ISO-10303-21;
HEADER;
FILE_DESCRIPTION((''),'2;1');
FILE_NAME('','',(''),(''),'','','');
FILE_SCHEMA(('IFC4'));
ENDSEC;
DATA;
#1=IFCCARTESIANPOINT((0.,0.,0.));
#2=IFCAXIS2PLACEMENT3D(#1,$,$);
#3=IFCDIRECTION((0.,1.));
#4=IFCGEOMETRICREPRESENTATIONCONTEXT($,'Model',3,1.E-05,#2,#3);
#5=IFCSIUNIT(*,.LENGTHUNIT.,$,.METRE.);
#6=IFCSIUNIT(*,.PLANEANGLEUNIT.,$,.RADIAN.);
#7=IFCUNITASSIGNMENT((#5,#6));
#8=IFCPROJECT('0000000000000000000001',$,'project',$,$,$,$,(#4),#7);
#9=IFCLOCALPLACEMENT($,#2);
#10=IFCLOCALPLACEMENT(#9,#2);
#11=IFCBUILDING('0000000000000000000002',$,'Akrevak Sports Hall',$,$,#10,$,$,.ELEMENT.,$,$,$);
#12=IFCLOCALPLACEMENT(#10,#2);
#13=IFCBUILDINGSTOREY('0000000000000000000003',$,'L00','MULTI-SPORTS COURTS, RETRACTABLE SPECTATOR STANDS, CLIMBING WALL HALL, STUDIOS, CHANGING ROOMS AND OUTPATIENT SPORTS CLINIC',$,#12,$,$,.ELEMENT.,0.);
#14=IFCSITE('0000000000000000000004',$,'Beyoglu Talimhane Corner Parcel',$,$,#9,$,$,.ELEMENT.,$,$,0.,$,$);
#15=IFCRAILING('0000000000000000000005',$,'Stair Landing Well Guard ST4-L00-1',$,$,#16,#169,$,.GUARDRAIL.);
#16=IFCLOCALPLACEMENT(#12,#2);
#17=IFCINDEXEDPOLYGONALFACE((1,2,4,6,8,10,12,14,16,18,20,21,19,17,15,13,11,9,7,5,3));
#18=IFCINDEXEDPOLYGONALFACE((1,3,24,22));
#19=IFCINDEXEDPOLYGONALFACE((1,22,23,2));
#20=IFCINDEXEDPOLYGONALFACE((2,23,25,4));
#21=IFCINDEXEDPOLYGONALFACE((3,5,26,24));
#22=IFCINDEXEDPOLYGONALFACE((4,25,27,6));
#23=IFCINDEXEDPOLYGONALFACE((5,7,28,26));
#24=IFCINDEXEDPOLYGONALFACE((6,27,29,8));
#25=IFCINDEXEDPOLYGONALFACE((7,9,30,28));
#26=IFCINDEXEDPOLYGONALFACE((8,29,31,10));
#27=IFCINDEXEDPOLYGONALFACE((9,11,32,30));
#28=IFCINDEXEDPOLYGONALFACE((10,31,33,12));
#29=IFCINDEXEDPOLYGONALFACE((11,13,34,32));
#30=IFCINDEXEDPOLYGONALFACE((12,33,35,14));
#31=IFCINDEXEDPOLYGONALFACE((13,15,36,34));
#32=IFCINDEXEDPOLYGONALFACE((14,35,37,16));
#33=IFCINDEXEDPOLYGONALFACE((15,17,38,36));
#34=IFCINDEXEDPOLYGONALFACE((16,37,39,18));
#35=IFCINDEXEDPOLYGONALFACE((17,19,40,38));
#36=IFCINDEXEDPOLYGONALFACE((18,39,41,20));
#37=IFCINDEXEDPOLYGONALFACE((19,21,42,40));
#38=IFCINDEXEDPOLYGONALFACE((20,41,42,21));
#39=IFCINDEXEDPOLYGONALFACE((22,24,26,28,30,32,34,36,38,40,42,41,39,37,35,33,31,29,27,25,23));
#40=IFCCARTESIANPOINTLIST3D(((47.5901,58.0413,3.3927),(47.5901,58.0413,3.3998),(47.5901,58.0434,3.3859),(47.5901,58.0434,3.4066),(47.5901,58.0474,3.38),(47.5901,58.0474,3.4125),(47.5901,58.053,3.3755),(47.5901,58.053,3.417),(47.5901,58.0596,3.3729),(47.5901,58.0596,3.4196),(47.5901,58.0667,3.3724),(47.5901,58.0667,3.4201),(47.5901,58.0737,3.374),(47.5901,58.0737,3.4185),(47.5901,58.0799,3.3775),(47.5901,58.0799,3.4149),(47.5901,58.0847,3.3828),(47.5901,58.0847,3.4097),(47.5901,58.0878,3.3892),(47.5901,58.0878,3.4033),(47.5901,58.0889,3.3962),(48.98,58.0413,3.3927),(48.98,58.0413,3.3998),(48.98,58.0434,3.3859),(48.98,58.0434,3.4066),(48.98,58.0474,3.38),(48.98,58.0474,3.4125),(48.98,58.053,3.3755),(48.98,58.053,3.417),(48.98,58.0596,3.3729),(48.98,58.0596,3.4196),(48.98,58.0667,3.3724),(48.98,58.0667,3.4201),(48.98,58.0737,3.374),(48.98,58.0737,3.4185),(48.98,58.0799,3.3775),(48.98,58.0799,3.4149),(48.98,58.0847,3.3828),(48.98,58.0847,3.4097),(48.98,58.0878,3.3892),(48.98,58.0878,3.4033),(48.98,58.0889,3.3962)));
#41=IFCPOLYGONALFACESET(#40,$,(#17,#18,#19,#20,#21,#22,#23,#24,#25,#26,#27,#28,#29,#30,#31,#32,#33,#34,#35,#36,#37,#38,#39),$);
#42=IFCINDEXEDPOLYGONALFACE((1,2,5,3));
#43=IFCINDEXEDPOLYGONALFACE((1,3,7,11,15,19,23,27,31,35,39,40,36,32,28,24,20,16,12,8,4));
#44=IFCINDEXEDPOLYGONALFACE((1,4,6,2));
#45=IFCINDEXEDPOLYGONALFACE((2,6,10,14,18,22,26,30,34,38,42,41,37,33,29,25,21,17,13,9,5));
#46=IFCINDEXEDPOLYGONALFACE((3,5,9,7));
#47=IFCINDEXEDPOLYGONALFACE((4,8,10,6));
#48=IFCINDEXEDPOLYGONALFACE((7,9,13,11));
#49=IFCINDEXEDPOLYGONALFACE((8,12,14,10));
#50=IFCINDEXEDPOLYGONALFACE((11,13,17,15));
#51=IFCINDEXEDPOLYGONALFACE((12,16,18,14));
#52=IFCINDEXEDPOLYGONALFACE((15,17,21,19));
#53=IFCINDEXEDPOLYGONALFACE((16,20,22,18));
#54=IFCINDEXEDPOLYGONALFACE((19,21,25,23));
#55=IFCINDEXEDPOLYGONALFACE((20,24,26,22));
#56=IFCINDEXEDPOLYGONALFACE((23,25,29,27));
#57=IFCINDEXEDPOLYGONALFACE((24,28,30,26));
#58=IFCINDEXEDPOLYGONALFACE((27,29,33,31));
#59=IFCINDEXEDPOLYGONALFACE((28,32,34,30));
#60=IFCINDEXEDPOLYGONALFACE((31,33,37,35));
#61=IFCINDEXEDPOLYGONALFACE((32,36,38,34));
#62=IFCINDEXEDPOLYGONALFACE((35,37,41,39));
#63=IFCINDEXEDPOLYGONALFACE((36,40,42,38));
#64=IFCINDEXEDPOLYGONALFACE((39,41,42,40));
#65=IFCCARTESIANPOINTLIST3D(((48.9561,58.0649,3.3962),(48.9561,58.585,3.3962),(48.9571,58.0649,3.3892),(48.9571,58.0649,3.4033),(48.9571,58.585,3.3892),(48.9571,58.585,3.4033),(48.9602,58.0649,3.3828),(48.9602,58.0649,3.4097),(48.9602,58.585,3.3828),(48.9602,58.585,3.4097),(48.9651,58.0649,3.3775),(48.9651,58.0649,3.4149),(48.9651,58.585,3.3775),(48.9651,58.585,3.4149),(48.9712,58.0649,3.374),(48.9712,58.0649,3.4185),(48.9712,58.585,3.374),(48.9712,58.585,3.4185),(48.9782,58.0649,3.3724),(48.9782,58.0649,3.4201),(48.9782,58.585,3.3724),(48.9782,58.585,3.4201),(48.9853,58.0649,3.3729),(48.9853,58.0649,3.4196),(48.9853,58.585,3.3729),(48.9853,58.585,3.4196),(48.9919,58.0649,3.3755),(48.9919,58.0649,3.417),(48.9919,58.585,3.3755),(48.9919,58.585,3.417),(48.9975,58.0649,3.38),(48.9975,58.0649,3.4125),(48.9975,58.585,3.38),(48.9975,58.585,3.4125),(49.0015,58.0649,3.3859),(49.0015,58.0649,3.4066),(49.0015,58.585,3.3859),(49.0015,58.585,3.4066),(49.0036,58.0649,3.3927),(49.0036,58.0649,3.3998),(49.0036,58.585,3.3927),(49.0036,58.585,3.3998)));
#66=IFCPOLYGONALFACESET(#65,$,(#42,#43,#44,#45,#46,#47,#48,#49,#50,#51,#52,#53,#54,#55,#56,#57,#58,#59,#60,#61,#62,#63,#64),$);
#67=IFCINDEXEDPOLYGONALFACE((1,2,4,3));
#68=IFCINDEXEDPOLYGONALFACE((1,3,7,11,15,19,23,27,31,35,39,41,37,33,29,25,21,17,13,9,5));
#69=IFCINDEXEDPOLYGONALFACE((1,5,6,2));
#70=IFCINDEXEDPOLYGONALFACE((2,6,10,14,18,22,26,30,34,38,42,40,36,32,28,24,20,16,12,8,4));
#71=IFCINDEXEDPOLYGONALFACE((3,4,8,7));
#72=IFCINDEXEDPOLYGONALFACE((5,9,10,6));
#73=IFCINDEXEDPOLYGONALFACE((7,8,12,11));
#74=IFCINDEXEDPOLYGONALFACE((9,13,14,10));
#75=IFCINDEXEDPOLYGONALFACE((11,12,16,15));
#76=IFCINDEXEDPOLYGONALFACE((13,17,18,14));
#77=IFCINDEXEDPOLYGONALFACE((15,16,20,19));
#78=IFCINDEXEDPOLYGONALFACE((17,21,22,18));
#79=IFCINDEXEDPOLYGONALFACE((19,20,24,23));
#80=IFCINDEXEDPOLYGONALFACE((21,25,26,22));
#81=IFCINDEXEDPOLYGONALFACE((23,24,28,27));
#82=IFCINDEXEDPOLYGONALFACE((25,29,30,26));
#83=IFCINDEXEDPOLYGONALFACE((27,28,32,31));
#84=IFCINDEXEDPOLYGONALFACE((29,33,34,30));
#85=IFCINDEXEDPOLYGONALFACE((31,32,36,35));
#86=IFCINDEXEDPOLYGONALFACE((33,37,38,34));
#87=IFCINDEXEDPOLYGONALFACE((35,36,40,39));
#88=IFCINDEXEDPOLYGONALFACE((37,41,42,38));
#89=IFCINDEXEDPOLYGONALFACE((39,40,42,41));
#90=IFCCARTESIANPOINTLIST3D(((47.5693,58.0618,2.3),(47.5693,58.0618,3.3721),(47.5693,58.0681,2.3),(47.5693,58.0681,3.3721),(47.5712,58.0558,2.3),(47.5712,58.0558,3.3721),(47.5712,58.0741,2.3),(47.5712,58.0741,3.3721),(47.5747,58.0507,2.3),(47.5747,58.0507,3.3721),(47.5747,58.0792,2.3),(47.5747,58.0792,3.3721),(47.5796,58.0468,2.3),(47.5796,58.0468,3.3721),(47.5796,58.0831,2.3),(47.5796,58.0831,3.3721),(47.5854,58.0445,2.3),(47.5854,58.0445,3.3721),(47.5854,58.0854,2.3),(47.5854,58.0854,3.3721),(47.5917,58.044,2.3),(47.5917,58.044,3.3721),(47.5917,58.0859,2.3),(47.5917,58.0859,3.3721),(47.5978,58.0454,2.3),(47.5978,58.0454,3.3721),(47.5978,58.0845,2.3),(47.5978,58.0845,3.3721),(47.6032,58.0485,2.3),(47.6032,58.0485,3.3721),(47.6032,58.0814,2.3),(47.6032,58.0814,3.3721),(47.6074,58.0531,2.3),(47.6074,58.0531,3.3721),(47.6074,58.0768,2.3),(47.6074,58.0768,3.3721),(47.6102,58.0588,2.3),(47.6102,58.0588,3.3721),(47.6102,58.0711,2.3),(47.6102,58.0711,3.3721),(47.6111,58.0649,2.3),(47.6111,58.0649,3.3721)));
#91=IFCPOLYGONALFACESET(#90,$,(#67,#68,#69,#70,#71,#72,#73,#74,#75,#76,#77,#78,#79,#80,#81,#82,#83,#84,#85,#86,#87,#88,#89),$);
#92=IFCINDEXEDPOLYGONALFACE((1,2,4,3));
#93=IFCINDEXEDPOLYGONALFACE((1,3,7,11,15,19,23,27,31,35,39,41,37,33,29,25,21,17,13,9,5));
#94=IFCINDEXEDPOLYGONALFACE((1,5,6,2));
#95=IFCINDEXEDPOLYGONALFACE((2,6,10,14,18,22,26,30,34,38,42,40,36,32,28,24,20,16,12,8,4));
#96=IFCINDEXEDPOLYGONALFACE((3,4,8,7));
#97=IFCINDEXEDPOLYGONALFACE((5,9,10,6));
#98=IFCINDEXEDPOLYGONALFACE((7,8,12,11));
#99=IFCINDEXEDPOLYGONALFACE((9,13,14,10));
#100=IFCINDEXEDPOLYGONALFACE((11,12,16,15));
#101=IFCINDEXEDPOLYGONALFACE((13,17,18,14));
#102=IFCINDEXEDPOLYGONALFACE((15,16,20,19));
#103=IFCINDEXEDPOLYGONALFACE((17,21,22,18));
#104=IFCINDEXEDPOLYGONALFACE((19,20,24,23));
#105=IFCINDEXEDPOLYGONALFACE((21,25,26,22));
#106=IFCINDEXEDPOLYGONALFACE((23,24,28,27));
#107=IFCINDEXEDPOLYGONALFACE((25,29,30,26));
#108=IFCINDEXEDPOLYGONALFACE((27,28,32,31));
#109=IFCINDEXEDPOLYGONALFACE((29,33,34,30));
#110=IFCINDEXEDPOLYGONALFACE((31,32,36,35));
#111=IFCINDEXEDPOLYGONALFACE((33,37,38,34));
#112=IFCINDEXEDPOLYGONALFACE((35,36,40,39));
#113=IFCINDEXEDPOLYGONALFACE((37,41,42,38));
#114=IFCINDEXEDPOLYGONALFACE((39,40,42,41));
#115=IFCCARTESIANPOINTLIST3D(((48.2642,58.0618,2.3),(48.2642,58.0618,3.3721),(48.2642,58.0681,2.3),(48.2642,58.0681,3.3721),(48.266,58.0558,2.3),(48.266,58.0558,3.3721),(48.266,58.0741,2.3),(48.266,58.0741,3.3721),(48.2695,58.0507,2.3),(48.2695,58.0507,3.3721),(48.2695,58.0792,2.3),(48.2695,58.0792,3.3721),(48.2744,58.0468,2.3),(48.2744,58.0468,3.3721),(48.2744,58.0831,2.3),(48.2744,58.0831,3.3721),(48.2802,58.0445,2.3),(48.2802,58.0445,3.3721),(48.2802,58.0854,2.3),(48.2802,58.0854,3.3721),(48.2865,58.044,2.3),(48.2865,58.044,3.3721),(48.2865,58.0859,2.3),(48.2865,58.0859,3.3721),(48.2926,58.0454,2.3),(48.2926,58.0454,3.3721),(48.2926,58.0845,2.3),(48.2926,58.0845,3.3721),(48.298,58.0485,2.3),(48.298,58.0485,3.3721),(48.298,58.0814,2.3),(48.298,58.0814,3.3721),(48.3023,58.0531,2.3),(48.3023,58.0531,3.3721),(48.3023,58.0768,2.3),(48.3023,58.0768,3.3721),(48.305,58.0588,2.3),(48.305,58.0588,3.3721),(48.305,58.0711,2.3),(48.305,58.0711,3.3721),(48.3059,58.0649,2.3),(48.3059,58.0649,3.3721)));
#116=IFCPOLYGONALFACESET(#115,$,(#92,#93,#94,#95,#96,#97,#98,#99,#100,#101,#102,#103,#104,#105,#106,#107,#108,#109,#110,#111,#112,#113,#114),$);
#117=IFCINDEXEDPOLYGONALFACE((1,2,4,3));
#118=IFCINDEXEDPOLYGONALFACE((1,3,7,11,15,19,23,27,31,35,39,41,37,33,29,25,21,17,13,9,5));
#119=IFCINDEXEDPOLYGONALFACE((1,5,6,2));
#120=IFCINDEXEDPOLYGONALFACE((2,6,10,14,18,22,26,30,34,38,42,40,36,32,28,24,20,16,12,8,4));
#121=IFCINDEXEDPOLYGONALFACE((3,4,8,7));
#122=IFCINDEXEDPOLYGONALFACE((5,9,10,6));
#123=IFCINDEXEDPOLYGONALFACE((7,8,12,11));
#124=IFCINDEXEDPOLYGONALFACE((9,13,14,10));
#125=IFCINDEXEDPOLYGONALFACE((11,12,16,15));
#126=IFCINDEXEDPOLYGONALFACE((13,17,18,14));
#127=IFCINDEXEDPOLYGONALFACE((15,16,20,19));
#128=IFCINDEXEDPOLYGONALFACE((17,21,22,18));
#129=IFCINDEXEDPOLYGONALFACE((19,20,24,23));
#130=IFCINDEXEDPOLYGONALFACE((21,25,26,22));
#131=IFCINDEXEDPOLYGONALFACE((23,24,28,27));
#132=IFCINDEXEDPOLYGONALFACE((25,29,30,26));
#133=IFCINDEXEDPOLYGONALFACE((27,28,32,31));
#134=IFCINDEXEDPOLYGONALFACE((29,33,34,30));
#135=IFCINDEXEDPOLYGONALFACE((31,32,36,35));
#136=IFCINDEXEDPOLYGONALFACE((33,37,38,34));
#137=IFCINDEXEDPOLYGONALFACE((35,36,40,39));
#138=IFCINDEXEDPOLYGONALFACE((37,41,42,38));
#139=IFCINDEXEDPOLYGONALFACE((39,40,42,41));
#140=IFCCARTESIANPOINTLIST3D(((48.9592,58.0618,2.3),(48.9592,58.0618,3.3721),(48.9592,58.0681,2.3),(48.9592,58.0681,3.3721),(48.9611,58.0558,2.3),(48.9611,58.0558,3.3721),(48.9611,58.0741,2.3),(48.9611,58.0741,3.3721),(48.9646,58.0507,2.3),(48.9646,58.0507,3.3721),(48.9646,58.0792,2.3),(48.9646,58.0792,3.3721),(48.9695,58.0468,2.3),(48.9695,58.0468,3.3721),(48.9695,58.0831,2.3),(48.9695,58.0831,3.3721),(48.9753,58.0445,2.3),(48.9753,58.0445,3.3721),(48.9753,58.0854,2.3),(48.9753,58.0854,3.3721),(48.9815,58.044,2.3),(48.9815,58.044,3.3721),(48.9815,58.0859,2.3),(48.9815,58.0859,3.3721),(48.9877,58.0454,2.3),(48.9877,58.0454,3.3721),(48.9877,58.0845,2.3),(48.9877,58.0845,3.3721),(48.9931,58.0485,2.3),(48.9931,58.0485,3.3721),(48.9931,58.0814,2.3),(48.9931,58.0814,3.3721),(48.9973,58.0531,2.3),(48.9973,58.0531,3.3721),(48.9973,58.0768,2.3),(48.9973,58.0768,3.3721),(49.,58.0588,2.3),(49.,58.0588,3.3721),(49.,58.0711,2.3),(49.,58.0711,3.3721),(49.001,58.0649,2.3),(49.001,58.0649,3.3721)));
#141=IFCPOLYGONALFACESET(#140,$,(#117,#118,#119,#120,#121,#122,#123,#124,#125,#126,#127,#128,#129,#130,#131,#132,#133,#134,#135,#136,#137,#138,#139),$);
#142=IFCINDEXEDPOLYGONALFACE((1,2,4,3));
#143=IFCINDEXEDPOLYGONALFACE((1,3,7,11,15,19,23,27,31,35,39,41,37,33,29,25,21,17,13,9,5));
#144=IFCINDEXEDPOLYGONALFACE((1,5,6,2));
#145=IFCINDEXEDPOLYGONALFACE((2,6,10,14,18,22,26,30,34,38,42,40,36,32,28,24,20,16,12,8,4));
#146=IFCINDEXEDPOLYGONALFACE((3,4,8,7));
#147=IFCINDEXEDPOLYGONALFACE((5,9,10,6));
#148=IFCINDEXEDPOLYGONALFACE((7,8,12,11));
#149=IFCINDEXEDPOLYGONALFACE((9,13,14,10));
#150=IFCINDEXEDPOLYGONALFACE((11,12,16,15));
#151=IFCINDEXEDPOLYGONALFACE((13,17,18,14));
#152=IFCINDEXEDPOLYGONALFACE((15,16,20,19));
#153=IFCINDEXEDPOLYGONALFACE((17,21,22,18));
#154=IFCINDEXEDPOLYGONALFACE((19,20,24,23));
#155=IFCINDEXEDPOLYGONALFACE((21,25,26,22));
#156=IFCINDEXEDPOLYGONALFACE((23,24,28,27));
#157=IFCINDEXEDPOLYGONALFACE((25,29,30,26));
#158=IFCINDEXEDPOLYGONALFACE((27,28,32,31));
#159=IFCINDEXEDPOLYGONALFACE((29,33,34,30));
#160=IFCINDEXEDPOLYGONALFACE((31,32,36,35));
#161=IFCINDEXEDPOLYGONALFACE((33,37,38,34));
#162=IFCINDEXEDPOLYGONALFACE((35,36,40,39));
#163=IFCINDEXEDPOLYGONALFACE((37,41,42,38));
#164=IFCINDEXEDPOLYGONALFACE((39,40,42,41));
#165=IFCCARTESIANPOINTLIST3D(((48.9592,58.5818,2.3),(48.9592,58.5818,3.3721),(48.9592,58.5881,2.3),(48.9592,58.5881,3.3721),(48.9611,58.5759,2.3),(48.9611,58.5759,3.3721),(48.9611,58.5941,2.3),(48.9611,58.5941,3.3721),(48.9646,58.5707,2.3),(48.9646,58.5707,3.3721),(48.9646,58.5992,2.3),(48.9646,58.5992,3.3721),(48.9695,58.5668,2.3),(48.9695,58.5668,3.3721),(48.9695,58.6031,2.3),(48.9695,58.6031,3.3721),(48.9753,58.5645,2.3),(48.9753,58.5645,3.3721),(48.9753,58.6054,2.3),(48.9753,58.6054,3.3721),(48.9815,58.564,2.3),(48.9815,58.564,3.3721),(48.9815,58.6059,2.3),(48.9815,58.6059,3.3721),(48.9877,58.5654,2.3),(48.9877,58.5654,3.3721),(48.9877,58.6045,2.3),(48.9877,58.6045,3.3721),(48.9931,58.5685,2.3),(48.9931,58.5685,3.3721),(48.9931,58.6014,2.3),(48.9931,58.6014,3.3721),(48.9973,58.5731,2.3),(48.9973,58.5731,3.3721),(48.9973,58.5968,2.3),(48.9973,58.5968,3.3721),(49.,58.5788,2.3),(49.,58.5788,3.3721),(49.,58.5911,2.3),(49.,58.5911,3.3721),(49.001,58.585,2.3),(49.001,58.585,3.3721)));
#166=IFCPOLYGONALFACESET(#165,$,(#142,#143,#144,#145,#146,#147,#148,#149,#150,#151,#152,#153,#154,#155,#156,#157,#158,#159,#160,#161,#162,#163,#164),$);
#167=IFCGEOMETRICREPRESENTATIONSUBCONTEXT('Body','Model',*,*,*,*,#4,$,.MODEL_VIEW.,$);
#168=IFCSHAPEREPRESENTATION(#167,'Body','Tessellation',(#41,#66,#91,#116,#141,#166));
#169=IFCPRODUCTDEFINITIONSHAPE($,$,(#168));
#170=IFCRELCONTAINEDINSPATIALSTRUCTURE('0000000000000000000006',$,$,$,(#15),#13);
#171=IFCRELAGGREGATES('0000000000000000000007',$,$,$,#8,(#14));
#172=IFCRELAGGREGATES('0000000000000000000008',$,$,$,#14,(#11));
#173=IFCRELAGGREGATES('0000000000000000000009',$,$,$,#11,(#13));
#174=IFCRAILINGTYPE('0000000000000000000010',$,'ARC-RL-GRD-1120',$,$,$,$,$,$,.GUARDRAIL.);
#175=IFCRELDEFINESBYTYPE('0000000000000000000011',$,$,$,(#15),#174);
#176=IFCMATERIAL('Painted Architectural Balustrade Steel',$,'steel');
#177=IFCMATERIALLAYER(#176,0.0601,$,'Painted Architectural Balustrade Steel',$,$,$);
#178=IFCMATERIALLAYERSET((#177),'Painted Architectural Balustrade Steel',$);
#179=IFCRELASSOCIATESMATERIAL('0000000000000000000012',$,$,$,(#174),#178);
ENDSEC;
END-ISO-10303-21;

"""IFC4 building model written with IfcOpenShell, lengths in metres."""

from ifc_helpers import new_model, si_unit, direction, frame, origin, origin_2d, place, context, subcontext, project, spatial, circle, extrude, material, layer, layer_set, type_object, element, save


model = new_model("IFC4")

# Units and contexts
model_context = context("Model", 3, precision=1e-05, world=origin(), true_north=direction((0.0, 1.0)))
body_context = subcontext(model_context, "Body", "Model", "MODEL_VIEW")
ifc_project = project(units=[si_unit("LENGTHUNIT", "METRE"), si_unit("PLANEANGLEUNIT", "RADIAN")], contexts=[model_context])

# Site, building, storey
site_placement = place(None, origin())
site = spatial("IfcSite", under=ifc_project, at=site_placement, Name="Beyoglu Talimhane Corner Parcel", CompositionType="ELEMENT", RefElevation=0.0)
building_placement = place(site_placement, origin())
building = spatial("IfcBuilding", under=site, at=building_placement, Name="Akrevak Sports Hall", CompositionType="ELEMENT")
storey_placement = place(building_placement, origin())
storey = spatial("IfcBuildingStorey", under=building, at=storey_placement, Name="L00", Description="MULTI-SPORTS COURTS, RETRACTABLE SPECTATOR STANDS, CLIMBING WALL HALL, STUDIOS, CHANGING ROOMS AND OUTPATIENT SPORTS CLINIC", CompositionType="ELEMENT", Elevation=0.0)

# Railing
ifc_material_1 = material(Name="Painted Architectural Balustrade Steel", Category="steel")
ifc_layer_1 = layer(ifc_material_1, 0.0601, Name="Painted Architectural Balustrade Steel")
ifc_layer_set_1 = layer_set([ifc_layer_1], Name="Painted Architectural Balustrade Steel")
railing_type_1 = type_object("IfcRailingType", Name="ARC-RL-GRD-1120", PredefinedType="GUARDRAIL", material=ifc_layer_set_1)
railing_1_placement = place(storey_placement, frame((47.5901, 58.0649, 2.3)))
element("IfcRailing", 1, at=railing_1_placement, inside=storey, type_object=railing_type_1, Name="Stair Landing Well Guard ST4-L00-1", PredefinedType="GUARDRAIL", context=body_context, shape_type="SweptSolid", body=[
    extrude(circle(Radius=0.0239, at=origin_2d()), frame((0.0, 0.0, 1.0962), z_axis=(1.0, 0.0, 0.0), x_axis=(0.0, 1.0, 0.0)), (0.0, 0.0, 1.0), 1.3899),
    extrude(circle(Radius=0.0239, at=origin_2d()), frame((1.3899, 0.0, 1.0962), z_axis=(0.0, 1.0, 0.0), x_axis=(-1.0, 0.0, 0.0)), (0.0, 0.0, 1.0), 0.52),
    extrude(circle(Radius=0.021, at=origin_2d()), origin(), (0.0, 0.0, 1.0), 1.072),
    extrude(circle(Radius=0.021, at=origin_2d()), frame((0.6948, 0.0, 0.0)), (0.0, 0.0, 1.0), 1.072),
    extrude(circle(Radius=0.021, at=origin_2d()), frame((1.3899, 0.0, 0.0)), (0.0, 0.0, 1.0), 1.072),
    extrude(circle(Radius=0.021, at=origin_2d()), frame((1.3899, 0.52, 0.0)), (0.0, 0.0, 1.0), 1.072),
])

save(model, "model.ifc")
